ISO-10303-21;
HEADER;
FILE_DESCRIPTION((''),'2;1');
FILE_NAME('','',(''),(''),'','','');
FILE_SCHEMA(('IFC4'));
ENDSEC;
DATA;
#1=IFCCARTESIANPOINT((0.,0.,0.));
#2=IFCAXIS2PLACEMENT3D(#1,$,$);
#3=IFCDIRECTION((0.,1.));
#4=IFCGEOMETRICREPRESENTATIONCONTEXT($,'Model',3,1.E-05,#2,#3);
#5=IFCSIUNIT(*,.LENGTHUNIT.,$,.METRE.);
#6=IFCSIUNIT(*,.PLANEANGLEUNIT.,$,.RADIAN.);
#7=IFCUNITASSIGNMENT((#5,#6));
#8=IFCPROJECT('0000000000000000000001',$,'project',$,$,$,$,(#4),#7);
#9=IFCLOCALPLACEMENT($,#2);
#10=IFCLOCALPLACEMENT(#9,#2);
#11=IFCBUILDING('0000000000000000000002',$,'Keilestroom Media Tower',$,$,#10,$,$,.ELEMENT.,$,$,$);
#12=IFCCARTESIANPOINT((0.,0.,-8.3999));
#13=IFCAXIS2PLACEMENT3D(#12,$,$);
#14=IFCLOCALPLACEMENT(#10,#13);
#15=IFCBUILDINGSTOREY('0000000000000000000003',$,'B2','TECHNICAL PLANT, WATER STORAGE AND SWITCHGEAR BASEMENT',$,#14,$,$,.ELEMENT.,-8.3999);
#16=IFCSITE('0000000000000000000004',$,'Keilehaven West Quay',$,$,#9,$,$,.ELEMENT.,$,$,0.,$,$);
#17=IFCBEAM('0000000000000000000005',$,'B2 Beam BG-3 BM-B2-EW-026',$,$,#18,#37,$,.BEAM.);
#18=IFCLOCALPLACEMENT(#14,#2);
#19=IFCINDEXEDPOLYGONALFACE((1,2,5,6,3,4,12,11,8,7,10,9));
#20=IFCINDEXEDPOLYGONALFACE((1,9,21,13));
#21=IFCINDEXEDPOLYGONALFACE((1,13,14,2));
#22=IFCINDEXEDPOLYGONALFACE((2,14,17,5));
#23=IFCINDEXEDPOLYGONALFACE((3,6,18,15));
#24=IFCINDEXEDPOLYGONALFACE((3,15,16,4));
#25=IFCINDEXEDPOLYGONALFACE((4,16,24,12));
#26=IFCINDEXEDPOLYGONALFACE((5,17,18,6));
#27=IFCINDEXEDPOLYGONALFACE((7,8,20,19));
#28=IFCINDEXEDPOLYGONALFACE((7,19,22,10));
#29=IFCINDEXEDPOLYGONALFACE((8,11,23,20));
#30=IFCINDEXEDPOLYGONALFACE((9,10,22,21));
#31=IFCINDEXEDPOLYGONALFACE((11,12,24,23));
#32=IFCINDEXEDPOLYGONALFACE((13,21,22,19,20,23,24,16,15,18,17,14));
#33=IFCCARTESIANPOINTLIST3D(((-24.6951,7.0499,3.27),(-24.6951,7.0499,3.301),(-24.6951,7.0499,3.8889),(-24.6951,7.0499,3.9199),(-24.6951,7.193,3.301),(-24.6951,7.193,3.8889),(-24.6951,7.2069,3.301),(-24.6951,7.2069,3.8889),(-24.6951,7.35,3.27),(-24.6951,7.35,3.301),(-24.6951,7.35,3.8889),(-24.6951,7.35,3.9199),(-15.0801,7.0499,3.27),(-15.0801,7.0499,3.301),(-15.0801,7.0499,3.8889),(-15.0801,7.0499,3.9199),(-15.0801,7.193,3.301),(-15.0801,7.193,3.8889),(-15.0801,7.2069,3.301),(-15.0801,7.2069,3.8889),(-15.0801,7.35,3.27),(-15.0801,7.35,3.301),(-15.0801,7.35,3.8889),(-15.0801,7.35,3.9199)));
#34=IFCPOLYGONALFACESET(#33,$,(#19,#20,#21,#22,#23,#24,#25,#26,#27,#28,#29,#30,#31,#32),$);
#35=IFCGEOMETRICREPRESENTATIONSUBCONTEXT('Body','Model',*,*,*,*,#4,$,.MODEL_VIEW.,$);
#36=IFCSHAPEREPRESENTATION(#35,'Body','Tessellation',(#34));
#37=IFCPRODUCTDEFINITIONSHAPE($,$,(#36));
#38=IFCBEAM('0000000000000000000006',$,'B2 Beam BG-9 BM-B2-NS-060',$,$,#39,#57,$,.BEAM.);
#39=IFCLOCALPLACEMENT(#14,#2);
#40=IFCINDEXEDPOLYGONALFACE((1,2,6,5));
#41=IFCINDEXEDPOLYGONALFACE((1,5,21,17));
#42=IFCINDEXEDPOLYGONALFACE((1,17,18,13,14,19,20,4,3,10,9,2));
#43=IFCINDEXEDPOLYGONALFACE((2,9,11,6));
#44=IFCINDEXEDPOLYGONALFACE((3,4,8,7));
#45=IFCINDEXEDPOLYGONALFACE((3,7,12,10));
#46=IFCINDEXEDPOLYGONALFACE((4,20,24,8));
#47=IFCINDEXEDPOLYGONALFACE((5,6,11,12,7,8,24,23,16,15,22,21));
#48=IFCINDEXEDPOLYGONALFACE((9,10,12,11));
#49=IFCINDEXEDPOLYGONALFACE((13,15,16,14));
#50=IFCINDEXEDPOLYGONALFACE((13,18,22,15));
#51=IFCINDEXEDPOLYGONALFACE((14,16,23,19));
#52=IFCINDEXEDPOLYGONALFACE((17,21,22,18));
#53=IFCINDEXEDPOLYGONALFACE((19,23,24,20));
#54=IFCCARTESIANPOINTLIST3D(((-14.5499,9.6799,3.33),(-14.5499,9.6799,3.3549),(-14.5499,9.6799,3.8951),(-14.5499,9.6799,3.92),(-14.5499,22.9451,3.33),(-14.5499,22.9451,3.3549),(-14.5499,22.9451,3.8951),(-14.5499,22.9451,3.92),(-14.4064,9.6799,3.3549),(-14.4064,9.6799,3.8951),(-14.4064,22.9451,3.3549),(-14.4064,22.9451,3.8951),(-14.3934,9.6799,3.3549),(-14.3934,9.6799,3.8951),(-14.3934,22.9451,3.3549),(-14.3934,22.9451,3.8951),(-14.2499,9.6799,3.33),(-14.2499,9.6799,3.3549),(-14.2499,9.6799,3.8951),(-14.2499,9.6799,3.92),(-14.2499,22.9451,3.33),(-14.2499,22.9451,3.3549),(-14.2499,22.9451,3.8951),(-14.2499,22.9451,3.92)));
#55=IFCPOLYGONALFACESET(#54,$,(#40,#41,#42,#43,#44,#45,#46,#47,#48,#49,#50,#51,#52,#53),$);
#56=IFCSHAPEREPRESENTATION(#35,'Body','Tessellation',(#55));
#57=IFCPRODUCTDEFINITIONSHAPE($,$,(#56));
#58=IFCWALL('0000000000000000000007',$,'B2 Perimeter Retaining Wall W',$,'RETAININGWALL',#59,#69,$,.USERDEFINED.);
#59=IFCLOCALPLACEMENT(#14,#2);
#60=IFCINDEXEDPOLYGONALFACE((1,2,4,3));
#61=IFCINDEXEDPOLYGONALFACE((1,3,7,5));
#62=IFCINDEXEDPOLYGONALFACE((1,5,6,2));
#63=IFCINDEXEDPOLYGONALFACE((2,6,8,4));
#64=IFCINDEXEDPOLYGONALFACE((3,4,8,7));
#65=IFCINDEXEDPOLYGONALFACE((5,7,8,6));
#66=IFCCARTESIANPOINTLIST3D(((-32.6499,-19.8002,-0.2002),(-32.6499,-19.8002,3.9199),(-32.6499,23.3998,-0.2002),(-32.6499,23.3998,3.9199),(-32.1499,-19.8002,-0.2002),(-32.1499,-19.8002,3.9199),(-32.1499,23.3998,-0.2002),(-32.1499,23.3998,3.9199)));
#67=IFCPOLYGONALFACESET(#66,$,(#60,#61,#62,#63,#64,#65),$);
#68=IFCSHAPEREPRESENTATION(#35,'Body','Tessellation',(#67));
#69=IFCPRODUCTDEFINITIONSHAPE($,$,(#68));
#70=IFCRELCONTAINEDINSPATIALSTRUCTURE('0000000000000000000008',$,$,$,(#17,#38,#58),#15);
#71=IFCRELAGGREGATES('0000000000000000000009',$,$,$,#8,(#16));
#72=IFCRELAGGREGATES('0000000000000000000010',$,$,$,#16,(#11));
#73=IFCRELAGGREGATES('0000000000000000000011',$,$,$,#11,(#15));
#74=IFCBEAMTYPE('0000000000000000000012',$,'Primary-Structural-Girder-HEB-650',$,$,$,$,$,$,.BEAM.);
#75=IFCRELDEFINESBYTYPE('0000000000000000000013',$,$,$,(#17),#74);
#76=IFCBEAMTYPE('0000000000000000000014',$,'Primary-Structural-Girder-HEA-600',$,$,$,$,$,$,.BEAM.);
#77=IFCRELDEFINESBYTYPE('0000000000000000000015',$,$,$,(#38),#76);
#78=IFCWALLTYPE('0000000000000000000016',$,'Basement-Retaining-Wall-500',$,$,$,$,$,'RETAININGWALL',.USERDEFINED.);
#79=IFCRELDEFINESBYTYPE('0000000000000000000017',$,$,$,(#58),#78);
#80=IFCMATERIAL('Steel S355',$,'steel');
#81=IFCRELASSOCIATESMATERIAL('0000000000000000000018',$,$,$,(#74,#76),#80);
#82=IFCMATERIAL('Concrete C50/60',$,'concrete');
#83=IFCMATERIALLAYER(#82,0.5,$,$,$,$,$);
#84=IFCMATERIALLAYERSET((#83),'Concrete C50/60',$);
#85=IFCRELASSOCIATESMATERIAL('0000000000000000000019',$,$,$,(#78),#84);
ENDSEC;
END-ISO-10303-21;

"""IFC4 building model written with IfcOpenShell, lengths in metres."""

from ifc_helpers import new_model, si_unit, direction, frame, frame_2d, origin, origin_2d, place, context, subcontext, project, spatial, rectangle, i_section, extrude, source, transform, mapped, material, layer, layer_set, material_profile, profile_set, type_object, element, save


model = new_model("IFC4")

# Units and contexts
model_context = context("Model", 3, precision=1e-05, world=origin(), true_north=direction((0.0, 1.0)))
body_context = subcontext(model_context, "Body", "Model", "MODEL_VIEW")
ifc_project = project(units=[si_unit("LENGTHUNIT", "METRE"), si_unit("PLANEANGLEUNIT", "RADIAN")], contexts=[model_context])

# Site, building, storey
site_placement = place(None, origin())
site = spatial("IfcSite", under=ifc_project, at=site_placement, Name="Keilehaven West Quay", CompositionType="ELEMENT", RefElevation=0.0)
building_placement = place(site_placement, origin())
building = spatial("IfcBuilding", under=site, at=building_placement, Name="Keilestroom Media Tower", CompositionType="ELEMENT")
storey_placement = place(building_placement, frame((0.0, 0.0, -8.3999)))
storey = spatial("IfcBuildingStorey", under=building, at=storey_placement, Name="B2", Description="TECHNICAL PLANT, WATER STORAGE AND SWITCHGEAR BASEMENT", CompositionType="ELEMENT", Elevation=-8.3999)

# Beams
ifc_material_1 = material(Name="Steel S355", Category="steel")
ifc_material_profile_1 = material_profile(ifc_material_1, i_section(OverallWidth=0.3, OverallDepth=0.6499, WebThickness=0.0139, FlangeThickness=0.031, at=origin_2d()), Name="HEB 650")
ifc_profile_set_1 = profile_set([ifc_material_profile_1], Name="Steel S355")
beam_type_1 = type_object("IfcBeamType", Name="Primary-Structural-Girder-HEB-650", PredefinedType="BEAM", material=ifc_profile_set_1)
shared_shape_1 = source(origin(), body_context, "Body", "SweptSolid", [
    extrude(i_section(OverallWidth=0.3, OverallDepth=0.6499, WebThickness=0.0139, FlangeThickness=0.031, at=origin_2d()), origin(), (0.0, 0.0, 1.0), 9.615),
])
beam_1_placement = place(storey_placement, frame((-24.6951, 7.2, 3.595), z_axis=(1.0, 0.0, 0.0), x_axis=(0.0, 1.0, 0.0)))
element("IfcBeam", 1, at=beam_1_placement, inside=storey, type_object=beam_type_1, Name="B2 Beam BG-3 BM-B2-EW-026", PredefinedType="BEAM", context=body_context, shape_type="MappedRepresentation", body=[
    mapped(shared_shape_1, transform((0.0, 0.0, 0.0), x_axis=(1.0, 0.0, 0.0), y_axis=(0.0, 1.0, 0.0), z_axis=(0.0, 0.0, 1.0), scale=1.0)),
])
ifc_material_profile_2 = material_profile(ifc_material_1, i_section(OverallWidth=0.3, OverallDepth=0.5901, WebThickness=0.0129, FlangeThickness=0.0249, at=origin_2d()), Name="HEA 600")
ifc_profile_set_2 = profile_set([ifc_material_profile_2], Name="Steel S355")
beam_type_2 = type_object("IfcBeamType", Name="Primary-Structural-Girder-HEA-600", PredefinedType="BEAM", material=ifc_profile_set_2)
shared_shape_2 = source(origin(), body_context, "Body", "SweptSolid", [
    extrude(i_section(OverallWidth=0.3, OverallDepth=0.5901, WebThickness=0.0129, FlangeThickness=0.0249, at=origin_2d()), origin(), (0.0, 0.0, 1.0), 13.2651),
])
beam_2_placement = place(storey_placement, frame((-14.3999, 9.6799, 3.625), z_axis=(0.0, 1.0, 0.0), x_axis=(-1.0, 0.0, 0.0)))
element("IfcBeam", 2, at=beam_2_placement, inside=storey, type_object=beam_type_2, Name="B2 Beam BG-9 BM-B2-NS-060", PredefinedType="BEAM", context=body_context, shape_type="MappedRepresentation", body=[
    mapped(shared_shape_2, transform((0.0, 0.0, 0.0), x_axis=(1.0, 0.0, 0.0), y_axis=(0.0, 1.0, 0.0), z_axis=(0.0, 0.0, 1.0), scale=1.0)),
])

# Wall
ifc_material_2 = material(Name="Concrete C50/60", Category="concrete")
ifc_layer = layer(ifc_material_2, 0.5)
ifc_layer_set = layer_set([ifc_layer], Name="Concrete C50/60")
wall_type = type_object("IfcWallType", Name="Basement-Retaining-Wall-500", ElementType="RETAININGWALL", PredefinedType="USERDEFINED", material=ifc_layer_set)
wall_placement = place(storey_placement, frame((-32.3999, 23.3999, -0.2002), z_axis=(0.0, 0.0, 1.0), x_axis=(0.0, -1.0, 0.0)))
element("IfcWall", 3, at=wall_placement, inside=storey, type_object=wall_type, Name="B2 Perimeter Retaining Wall W", ObjectType="RETAININGWALL", PredefinedType="USERDEFINED", context=body_context, shape_type="SweptSolid", body=[
    extrude(rectangle(XDim=43.2, YDim=0.5, at=frame_2d((21.6001, 0.0))), origin(), (0.0, 0.0, 1.0), 4.1201),
])

save(model, "model.ifc")
